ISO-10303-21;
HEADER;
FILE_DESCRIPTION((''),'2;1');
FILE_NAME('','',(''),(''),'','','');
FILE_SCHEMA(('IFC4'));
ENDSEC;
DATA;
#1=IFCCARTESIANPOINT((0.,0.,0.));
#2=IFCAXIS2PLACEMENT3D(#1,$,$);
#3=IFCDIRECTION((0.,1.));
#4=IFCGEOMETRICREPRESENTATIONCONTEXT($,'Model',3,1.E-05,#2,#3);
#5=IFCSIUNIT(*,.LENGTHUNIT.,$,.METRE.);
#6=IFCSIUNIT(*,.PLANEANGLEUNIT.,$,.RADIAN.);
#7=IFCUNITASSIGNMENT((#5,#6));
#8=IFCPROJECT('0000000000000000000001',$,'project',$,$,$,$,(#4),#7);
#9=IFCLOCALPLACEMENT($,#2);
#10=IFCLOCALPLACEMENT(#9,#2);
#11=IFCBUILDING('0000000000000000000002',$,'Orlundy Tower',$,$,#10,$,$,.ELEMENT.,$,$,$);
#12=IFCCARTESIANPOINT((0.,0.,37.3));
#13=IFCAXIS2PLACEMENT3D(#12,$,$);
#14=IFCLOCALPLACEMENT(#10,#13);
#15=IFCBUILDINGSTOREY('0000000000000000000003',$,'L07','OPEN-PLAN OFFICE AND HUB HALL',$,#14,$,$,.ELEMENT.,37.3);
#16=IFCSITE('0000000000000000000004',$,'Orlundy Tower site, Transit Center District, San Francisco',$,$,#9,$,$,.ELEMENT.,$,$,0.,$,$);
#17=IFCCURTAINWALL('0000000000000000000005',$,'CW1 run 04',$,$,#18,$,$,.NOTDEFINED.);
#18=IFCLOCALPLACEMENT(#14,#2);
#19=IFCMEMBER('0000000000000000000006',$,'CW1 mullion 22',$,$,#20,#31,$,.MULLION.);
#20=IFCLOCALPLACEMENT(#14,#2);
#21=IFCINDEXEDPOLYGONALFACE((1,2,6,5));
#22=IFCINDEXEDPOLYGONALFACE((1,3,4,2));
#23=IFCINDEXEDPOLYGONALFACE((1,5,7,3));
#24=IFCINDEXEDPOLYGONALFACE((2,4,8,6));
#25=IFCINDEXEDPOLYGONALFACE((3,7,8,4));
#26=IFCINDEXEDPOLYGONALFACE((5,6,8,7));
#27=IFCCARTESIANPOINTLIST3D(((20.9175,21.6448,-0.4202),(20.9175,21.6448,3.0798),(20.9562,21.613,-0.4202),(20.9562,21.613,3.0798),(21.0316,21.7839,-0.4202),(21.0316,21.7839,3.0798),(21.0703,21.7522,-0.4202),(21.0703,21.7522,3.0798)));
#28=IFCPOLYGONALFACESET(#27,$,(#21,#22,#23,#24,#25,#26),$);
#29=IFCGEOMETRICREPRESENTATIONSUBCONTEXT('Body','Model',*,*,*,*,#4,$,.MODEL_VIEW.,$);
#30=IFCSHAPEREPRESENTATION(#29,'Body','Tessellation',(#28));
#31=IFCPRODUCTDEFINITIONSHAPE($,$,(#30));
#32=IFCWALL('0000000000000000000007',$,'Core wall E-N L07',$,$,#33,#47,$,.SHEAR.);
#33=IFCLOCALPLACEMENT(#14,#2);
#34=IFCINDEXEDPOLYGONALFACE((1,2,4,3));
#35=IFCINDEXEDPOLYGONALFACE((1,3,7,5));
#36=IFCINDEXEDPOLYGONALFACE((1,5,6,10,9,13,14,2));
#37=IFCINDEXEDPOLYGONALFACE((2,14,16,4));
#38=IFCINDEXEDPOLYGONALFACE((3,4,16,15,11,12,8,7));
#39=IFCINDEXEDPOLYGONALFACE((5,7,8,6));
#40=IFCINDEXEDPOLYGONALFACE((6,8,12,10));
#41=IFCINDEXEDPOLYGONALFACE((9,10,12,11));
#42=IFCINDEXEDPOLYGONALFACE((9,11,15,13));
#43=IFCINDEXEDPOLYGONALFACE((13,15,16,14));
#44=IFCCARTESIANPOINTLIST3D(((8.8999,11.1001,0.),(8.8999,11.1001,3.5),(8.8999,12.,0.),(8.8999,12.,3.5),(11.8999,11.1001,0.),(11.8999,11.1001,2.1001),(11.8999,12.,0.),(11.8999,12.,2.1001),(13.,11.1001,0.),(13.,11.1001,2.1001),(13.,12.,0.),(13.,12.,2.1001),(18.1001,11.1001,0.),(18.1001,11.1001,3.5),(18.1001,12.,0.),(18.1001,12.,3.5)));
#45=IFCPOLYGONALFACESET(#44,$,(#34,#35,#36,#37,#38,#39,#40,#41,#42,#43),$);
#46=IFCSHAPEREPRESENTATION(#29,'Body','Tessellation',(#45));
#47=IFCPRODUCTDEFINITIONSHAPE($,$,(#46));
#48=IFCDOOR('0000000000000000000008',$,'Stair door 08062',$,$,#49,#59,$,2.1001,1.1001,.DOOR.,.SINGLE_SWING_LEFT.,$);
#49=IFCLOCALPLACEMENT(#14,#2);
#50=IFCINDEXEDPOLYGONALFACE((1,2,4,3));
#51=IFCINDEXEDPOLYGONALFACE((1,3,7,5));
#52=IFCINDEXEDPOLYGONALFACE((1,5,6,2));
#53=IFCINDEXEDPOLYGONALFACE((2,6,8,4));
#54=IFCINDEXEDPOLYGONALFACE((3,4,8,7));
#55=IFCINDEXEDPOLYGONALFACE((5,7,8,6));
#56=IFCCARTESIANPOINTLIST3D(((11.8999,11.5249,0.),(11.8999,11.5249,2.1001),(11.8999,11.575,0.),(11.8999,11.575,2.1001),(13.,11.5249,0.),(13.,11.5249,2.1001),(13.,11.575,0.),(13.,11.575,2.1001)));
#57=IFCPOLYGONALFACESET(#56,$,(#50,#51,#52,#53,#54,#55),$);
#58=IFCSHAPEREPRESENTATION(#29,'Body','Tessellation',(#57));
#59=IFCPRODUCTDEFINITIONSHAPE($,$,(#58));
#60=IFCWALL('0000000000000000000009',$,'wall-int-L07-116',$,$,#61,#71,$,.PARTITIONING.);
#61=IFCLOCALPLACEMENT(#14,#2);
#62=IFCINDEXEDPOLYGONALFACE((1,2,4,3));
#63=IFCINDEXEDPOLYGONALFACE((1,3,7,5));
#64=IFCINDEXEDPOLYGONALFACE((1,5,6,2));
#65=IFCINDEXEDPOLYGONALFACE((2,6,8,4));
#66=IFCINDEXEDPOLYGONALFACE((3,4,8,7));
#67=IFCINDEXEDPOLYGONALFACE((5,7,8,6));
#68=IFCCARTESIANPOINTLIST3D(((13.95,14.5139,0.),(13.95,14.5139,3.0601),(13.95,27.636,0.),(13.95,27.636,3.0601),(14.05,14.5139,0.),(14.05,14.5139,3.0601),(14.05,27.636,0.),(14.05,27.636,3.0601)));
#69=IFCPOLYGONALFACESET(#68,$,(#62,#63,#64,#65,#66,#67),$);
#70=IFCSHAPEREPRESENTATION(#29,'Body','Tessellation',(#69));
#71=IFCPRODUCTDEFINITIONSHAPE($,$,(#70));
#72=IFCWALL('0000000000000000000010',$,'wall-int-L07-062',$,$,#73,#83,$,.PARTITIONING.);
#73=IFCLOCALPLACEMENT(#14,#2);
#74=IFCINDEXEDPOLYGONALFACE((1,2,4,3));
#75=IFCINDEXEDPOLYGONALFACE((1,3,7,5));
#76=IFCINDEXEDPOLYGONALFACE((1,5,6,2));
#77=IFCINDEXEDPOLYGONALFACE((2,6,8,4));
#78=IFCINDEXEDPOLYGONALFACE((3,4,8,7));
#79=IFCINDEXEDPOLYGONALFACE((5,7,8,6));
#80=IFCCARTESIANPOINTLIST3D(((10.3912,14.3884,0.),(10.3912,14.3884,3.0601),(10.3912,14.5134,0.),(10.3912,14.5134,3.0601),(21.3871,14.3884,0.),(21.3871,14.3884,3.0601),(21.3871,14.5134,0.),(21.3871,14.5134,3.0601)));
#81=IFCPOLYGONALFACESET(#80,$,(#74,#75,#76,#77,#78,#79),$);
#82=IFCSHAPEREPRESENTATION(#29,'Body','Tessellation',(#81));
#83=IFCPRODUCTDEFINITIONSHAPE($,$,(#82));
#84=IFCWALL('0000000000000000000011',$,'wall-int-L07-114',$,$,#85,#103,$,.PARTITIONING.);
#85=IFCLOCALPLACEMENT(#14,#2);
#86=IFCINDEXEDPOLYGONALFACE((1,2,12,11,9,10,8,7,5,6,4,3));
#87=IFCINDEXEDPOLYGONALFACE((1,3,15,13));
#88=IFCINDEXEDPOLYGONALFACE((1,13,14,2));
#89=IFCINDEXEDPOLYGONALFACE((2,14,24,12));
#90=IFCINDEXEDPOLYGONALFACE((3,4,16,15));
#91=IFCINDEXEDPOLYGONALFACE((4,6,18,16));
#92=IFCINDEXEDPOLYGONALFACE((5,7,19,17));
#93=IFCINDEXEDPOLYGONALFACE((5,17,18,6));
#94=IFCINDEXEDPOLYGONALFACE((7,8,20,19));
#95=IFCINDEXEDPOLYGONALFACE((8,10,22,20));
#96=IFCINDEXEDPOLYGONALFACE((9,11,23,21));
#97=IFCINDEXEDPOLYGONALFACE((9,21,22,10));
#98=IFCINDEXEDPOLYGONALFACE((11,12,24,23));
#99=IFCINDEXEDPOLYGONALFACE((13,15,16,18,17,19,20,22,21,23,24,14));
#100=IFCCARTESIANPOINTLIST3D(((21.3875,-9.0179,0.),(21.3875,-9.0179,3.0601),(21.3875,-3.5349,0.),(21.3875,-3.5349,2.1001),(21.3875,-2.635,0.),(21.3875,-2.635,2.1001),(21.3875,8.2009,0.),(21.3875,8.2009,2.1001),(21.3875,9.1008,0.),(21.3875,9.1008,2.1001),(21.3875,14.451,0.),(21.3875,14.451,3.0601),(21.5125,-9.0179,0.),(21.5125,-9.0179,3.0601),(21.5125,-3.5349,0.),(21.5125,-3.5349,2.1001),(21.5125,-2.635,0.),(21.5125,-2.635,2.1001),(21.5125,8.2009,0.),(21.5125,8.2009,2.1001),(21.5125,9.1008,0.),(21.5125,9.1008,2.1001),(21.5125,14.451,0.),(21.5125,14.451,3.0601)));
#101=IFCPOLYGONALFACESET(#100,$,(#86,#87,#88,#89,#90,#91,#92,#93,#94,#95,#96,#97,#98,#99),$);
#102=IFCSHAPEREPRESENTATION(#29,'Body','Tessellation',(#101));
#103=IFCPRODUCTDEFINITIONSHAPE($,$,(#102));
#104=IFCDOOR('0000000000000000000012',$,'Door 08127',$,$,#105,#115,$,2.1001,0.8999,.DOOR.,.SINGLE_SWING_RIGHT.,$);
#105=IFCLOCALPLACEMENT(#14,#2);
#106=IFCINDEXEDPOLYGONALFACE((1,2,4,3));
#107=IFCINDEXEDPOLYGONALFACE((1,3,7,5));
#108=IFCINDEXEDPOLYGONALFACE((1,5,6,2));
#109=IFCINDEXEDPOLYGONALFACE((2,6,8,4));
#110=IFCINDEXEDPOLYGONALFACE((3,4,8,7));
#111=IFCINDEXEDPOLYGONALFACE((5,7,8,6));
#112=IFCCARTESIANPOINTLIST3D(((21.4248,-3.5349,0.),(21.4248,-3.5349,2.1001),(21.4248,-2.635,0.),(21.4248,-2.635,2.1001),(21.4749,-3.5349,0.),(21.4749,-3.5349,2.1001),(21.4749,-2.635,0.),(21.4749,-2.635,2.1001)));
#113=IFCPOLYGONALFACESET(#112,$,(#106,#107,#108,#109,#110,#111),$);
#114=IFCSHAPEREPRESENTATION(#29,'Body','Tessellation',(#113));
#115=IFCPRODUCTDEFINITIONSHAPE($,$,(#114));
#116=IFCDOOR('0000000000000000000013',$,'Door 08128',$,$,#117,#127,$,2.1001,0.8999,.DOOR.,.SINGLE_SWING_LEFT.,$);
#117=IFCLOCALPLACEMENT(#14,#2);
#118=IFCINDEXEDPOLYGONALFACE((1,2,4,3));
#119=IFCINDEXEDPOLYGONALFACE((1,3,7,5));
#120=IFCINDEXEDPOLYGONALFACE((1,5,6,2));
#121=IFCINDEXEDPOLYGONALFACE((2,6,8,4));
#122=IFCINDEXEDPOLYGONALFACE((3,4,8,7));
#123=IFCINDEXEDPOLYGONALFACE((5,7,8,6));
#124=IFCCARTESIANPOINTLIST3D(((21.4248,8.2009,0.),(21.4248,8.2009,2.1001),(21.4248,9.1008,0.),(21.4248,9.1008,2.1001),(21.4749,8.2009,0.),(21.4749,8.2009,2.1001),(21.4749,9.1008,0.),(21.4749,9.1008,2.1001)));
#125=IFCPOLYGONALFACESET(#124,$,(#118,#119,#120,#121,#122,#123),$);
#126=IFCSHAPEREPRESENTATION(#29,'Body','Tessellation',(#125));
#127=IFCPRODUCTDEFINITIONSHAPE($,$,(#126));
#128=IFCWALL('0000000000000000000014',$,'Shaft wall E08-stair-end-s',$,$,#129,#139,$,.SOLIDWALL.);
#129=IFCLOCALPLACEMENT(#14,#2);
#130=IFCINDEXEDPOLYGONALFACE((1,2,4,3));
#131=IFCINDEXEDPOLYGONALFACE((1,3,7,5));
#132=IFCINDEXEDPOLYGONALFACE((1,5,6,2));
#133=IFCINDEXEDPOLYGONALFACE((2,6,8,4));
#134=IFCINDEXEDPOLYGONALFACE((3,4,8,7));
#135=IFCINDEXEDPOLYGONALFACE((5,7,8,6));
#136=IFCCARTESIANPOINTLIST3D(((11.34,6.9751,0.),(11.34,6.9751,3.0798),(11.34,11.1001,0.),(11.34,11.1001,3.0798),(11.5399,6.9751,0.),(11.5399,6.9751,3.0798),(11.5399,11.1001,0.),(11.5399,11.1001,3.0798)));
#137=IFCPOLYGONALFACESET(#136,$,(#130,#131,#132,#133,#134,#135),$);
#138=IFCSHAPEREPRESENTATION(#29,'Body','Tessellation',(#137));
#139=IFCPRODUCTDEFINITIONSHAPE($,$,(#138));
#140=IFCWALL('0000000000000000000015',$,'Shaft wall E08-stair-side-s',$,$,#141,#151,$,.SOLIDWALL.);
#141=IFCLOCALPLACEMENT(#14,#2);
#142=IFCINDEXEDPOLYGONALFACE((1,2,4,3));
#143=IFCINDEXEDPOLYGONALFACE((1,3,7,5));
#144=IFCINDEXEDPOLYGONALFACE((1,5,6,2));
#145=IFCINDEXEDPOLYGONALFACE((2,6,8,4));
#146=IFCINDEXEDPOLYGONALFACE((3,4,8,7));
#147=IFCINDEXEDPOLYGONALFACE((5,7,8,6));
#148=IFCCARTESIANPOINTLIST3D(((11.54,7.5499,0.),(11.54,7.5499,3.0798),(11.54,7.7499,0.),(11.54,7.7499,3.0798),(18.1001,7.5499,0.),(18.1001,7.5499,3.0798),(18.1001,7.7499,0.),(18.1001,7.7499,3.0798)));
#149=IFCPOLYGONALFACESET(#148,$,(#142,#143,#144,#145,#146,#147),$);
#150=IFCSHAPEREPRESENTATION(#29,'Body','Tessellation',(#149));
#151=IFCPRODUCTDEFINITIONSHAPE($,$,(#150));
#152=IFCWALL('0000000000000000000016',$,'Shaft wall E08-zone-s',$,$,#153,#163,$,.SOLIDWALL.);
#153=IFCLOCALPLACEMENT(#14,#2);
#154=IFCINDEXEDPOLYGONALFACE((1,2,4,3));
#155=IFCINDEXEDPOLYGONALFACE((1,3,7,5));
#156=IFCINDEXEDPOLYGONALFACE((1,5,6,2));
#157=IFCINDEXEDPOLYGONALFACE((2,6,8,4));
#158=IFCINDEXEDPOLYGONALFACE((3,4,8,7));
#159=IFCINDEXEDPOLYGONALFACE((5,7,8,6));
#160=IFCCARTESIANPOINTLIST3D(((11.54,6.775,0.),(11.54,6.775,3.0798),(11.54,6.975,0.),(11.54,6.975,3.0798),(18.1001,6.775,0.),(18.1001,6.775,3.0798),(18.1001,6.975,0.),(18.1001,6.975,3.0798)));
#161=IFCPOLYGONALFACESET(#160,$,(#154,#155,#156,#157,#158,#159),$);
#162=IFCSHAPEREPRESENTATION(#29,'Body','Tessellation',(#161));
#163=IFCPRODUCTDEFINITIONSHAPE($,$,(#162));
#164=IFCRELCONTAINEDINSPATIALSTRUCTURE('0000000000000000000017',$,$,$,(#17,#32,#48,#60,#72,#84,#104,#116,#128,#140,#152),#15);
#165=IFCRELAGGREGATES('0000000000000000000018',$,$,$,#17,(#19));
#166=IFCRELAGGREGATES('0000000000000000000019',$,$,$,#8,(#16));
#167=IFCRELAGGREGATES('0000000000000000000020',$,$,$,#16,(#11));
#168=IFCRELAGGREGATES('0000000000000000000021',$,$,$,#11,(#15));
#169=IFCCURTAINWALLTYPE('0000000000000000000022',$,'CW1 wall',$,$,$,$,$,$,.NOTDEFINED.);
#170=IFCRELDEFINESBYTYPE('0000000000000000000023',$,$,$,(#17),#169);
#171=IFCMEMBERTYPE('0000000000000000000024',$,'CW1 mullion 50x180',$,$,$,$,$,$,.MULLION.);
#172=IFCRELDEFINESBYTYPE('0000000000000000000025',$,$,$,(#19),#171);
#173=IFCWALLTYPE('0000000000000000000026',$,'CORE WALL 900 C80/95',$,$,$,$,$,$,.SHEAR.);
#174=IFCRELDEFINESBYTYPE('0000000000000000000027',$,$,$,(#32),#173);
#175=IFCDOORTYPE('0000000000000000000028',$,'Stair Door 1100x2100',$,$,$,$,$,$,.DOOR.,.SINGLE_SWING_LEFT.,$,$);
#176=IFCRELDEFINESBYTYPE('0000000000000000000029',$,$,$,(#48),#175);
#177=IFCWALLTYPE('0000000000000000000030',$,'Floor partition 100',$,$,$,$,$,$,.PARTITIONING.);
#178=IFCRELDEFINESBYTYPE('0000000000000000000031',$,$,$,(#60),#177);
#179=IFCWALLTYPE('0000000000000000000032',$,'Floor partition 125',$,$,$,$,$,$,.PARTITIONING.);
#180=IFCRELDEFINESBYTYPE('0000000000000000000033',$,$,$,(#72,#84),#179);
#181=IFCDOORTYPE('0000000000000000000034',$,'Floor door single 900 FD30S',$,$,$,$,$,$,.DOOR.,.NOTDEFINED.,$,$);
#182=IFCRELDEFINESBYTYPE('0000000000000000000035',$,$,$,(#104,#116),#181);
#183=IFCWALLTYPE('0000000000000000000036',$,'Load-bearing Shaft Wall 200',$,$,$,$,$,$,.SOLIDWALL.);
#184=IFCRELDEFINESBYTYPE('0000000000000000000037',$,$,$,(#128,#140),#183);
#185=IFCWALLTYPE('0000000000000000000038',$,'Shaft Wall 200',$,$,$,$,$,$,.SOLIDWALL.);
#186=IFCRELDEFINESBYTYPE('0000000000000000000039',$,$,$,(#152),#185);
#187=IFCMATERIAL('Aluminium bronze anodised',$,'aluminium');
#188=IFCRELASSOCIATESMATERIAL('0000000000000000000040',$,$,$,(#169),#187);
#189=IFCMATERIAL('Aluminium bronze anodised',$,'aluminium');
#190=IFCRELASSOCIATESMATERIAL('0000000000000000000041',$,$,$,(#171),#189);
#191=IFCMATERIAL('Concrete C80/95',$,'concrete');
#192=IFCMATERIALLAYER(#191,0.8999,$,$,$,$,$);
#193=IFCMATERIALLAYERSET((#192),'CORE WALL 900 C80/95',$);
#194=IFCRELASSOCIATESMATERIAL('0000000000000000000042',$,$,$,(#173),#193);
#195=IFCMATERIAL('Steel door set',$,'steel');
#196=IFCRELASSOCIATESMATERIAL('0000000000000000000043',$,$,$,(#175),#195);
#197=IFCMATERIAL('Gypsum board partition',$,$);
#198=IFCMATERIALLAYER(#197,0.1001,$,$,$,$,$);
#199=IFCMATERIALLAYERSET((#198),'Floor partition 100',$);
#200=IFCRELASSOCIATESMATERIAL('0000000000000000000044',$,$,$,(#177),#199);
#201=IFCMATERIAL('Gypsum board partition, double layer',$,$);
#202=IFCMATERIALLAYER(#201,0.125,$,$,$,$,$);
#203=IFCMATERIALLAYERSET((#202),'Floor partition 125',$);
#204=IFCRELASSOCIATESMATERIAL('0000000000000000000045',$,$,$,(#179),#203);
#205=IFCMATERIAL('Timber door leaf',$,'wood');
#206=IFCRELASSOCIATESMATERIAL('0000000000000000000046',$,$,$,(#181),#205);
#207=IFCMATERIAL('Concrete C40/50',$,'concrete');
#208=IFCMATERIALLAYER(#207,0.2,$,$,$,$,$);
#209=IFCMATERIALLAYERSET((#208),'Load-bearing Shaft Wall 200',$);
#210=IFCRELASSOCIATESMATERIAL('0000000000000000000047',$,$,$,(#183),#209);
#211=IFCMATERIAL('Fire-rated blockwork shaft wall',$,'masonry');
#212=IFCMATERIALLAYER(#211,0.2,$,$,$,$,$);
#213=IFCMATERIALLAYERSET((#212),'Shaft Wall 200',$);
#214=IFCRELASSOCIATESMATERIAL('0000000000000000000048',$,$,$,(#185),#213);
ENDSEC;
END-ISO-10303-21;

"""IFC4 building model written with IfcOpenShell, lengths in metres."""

from ifc_helpers import new_model, si_unit, direction, frame, frame_2d, origin, origin_2d, place, context, subcontext, project, spatial, rectangle, extrude, material, layer, layer_set, material_profile, profile_set, type_object, element, fill, aggregate, save


model = new_model("IFC4")

# Units and contexts
model_context = context("Model", 3, precision=1e-05, world=origin(), true_north=direction((0.0, 1.0)))
body_context = subcontext(model_context, "Body", "Model", "MODEL_VIEW")
ifc_project = project(units=[si_unit("LENGTHUNIT", "METRE"), si_unit("PLANEANGLEUNIT", "RADIAN")], contexts=[model_context])

# Site, building, storey
site_placement = place(None, origin())
site = spatial("IfcSite", under=ifc_project, at=site_placement, Name="Orlundy Tower site, Transit Center District, San Francisco", CompositionType="ELEMENT", RefElevation=0.0)
building_placement = place(site_placement, origin())
building = spatial("IfcBuilding", under=site, at=building_placement, Name="Orlundy Tower", CompositionType="ELEMENT")
storey_placement = place(building_placement, frame((0.0, 0.0, 37.3)))
storey = spatial("IfcBuildingStorey", under=building, at=storey_placement, Name="L07", Description="OPEN-PLAN OFFICE AND HUB HALL", CompositionType="ELEMENT", Elevation=37.3)

# Curtain wall, member
ifc_material_1 = material(Name="Aluminium bronze anodised", Category="aluminium")
curtain_wall_type = type_object("IfcCurtainWallType", Name="CW1 wall", PredefinedType="NOTDEFINED", material=ifc_material_1)
curtain_wall_placement = place(storey_placement, origin())
curtain_wall = element("IfcCurtainWall", 1, at=curtain_wall_placement, inside=storey, type_object=curtain_wall_type, Name="CW1 run 04", PredefinedType="NOTDEFINED")
ifc_material_2 = material(Name="Aluminium bronze anodised", Category="aluminium")
ifc_material_profile = material_profile(ifc_material_2, rectangle(XDim=0.1799, YDim=0.05, at=origin_2d()), Name="CW1 mullion 50x180")
ifc_profile_set = profile_set([ifc_material_profile], Name="Aluminium bronze anodised")
member_type = type_object("IfcMemberType", Name="CW1 mullion 50x180", PredefinedType="MULLION", material=ifc_profile_set)
member_placement = place(storey_placement, frame((20.9939, 21.6985, -0.4202), z_axis=(0.0, 0.0, 1.0), x_axis=(0.633818, 0.773482, 0.0)))
member = element("IfcMember", 2, at=member_placement, type_object=member_type, Name="CW1 mullion 22", PredefinedType="MULLION", context=body_context, shape_type="SweptSolid", body=[
    extrude(rectangle(XDim=0.1799, YDim=0.05, at=origin_2d()), origin(), (0.0, 0.0, 1.0), 3.5),
])
aggregate(curtain_wall, [member])

# Wall, opening, door
ifc_material_3 = material(Name="Concrete C80/95", Category="concrete")
ifc_layer_1 = layer(ifc_material_3, 0.8999)
ifc_layer_set_1 = layer_set([ifc_layer_1], Name="CORE WALL 900 C80/95")
wall_type_1 = type_object("IfcWallType", Name="CORE WALL 900 C80/95", PredefinedType="SHEAR", material=ifc_layer_set_1)
wall_1_placement = place(storey_placement, frame((8.8999, 11.55, 0.0), z_axis=(0.0, 0.0, 1.0), x_axis=(1.0, 0.0, 0.0)))
wall_1 = element("IfcWall", 3, at=wall_1_placement, inside=storey, type_object=wall_type_1, Name="Core wall E-N L07", PredefinedType="SHEAR", context=body_context, shape_type="SweptSolid", body=[
    extrude(rectangle(XDim=9.2002, YDim=0.8999, at=frame_2d((4.6001, 0.0))), origin(), (0.0, 0.0, 1.0), 3.5),
])
opening_1_placement = place(wall_1_placement, frame((3.0, 0.0, 0.0)))
opening_1 = element("IfcOpeningElement", 4, at=opening_1_placement, cuts=wall_1, PredefinedType="OPENING", context=body_context, shape_type="SweptSolid", body=[
    extrude(rectangle(XDim=1.1001, YDim=2.1001, at=frame_2d((0.55, 1.05))), frame((0.0, 0.46, 0.0), z_axis=(0.0, -1.0, 0.0), x_axis=(1.0, 0.0, 0.0)), (0.0, 0.0, 1.0), 0.9199),
])
ifc_material_4 = material(Name="Steel door set", Category="steel")
door_type_1 = type_object("IfcDoorType", Name="Stair Door 1100x2100", OperationType="SINGLE_SWING_LEFT", PredefinedType="DOOR", material=ifc_material_4)
door_1_placement = place(opening_1_placement, origin())
door_1 = element("IfcDoor", 5, at=door_1_placement, inside=storey, type_object=door_type_1, Name="Stair door 08062", OperationType="SINGLE_SWING_LEFT", OverallHeight=2.1001, OverallWidth=1.1001, PredefinedType="DOOR", context=body_context, shape_type="SweptSolid", body=[
    extrude(rectangle(XDim=1.1001, YDim=2.1001, at=frame_2d((0.55, 1.05))), frame((0.0, 0.0249, 0.0), z_axis=(0.0, -1.0, 0.0), x_axis=(1.0, 0.0, 0.0)), (0.0, 0.0, 1.0), 0.05),
])
fill(opening_1, door_1)

# Walls
ifc_material_5 = material(Name="Gypsum board partition")
ifc_layer_2 = layer(ifc_material_5, 0.1001)
ifc_layer_set_2 = layer_set([ifc_layer_2], Name="Floor partition 100")
wall_type_2 = type_object("IfcWallType", Name="Floor partition 100", PredefinedType="PARTITIONING", material=ifc_layer_set_2)
wall_2_placement = place(storey_placement, frame((14.0, 14.5139, 0.0), z_axis=(0.0, 0.0, 1.0), x_axis=(0.0, 1.0, 0.0)))
element("IfcWall", 6, at=wall_2_placement, inside=storey, type_object=wall_type_2, Name="wall-int-L07-116", PredefinedType="PARTITIONING", context=body_context, shape_type="SweptSolid", body=[
    extrude(rectangle(XDim=13.1221, YDim=0.1001, at=frame_2d((6.561, 0.0))), origin(), (0.0, 0.0, 1.0), 3.0601),
])
ifc_material_6 = material(Name="Gypsum board partition, double layer")
ifc_layer_3 = layer(ifc_material_6, 0.125)
ifc_layer_set_3 = layer_set([ifc_layer_3], Name="Floor partition 125")
wall_type_3 = type_object("IfcWallType", Name="Floor partition 125", PredefinedType="PARTITIONING", material=ifc_layer_set_3)
wall_3_placement = place(storey_placement, frame((10.3911, 14.4509, 0.0), z_axis=(0.0, 0.0, 1.0), x_axis=(1.0, 0.0, 0.0)))
element("IfcWall", 7, at=wall_3_placement, inside=storey, type_object=wall_type_3, Name="wall-int-L07-062", PredefinedType="PARTITIONING", context=body_context, shape_type="SweptSolid", body=[
    extrude(rectangle(XDim=10.9958, YDim=0.125, at=frame_2d((5.498, 0.0))), origin(), (0.0, 0.0, 1.0), 3.0601),
])

# Wall, openings, doors
wall_4_placement = place(storey_placement, frame((21.45, 14.4509, 0.0), z_axis=(0.0, 0.0, 1.0), x_axis=(0.0, -1.0, 0.0)))
wall_4 = element("IfcWall", 8, at=wall_4_placement, inside=storey, type_object=wall_type_3, Name="wall-int-L07-114", PredefinedType="PARTITIONING", context=body_context, shape_type="SweptSolid", body=[
    extrude(rectangle(XDim=23.469, YDim=0.125, at=frame_2d((11.7344, 0.0))), origin(), (0.0, 0.0, 1.0), 3.0601),
])
opening_2_placement = place(wall_4_placement, frame((17.0859, 0.0, 0.0)))
opening_2 = element("IfcOpeningElement", 9, at=opening_2_placement, cuts=wall_4, PredefinedType="OPENING", context=body_context, shape_type="SweptSolid", body=[
    extrude(rectangle(XDim=0.8999, YDim=2.1001, at=frame_2d((0.45, 1.05))), frame((0.0, 0.0725, 0.0), z_axis=(0.0, -1.0, 0.0), x_axis=(1.0, 0.0, 0.0)), (0.0, 0.0, 1.0), 0.145),
])
opening_3_placement = place(wall_4_placement, frame((5.3501, 0.0, 0.0)))
opening_3 = element("IfcOpeningElement", 10, at=opening_3_placement, cuts=wall_4, PredefinedType="OPENING", context=body_context, shape_type="SweptSolid", body=[
    extrude(rectangle(XDim=0.8999, YDim=2.1001, at=frame_2d((0.45, 1.05))), frame((0.0, 0.0725, 0.0), z_axis=(0.0, -1.0, 0.0), x_axis=(1.0, 0.0, 0.0)), (0.0, 0.0, 1.0), 0.145),
])
ifc_material_7 = material(Name="Timber door leaf", Category="wood")
door_type_2 = type_object("IfcDoorType", Name="Floor door single 900 FD30S", OperationType="NOTDEFINED", PredefinedType="DOOR", material=ifc_material_7)
door_2_placement = place(opening_2_placement, origin())
door_2 = element("IfcDoor", 11, at=door_2_placement, inside=storey, type_object=door_type_2, Name="Door 08127", OperationType="SINGLE_SWING_RIGHT", OverallHeight=2.1001, OverallWidth=0.8999, PredefinedType="DOOR", context=body_context, shape_type="SweptSolid", body=[
    extrude(rectangle(XDim=0.8999, YDim=2.1001, at=frame_2d((0.45, 1.05))), frame((0.0, 0.0249, 0.0), z_axis=(0.0, -1.0, 0.0), x_axis=(1.0, 0.0, 0.0)), (0.0, 0.0, 1.0), 0.05),
])
fill(opening_2, door_2)
door_3_placement = place(opening_3_placement, origin())
door_3 = element("IfcDoor", 12, at=door_3_placement, inside=storey, type_object=door_type_2, Name="Door 08128", OperationType="SINGLE_SWING_LEFT", OverallHeight=2.1001, OverallWidth=0.8999, PredefinedType="DOOR", context=body_context, shape_type="SweptSolid", body=[
    extrude(rectangle(XDim=0.8999, YDim=2.1001, at=frame_2d((0.45, 1.05))), frame((0.0, 0.0249, 0.0), z_axis=(0.0, -1.0, 0.0), x_axis=(1.0, 0.0, 0.0)), (0.0, 0.0, 1.0), 0.05),
])
fill(opening_3, door_3)

# Walls
ifc_material_8 = material(Name="Concrete C40/50", Category="concrete")
ifc_layer_4 = layer(ifc_material_8, 0.2)
ifc_layer_set_4 = layer_set([ifc_layer_4], Name="Load-bearing Shaft Wall 200")
wall_type_4 = type_object("IfcWallType", Name="Load-bearing Shaft Wall 200", PredefinedType="SOLIDWALL", material=ifc_layer_set_4)
wall_5_placement = place(storey_placement, frame((11.4399, 11.1001, 0.0), z_axis=(0.0, 0.0, 1.0), x_axis=(0.0, -1.0, 0.0)))
element("IfcWall", 13, at=wall_5_placement, inside=storey, type_object=wall_type_4, Name="Shaft wall E08-stair-end-s", PredefinedType="SOLIDWALL", context=body_context, shape_type="SweptSolid", body=[
    extrude(rectangle(XDim=4.125, YDim=0.2, at=frame_2d((2.0625, 0.0))), origin(), (0.0, 0.0, 1.0), 3.0798),
])
wall_6_placement = place(storey_placement, frame((11.54, 7.6499, 0.0), z_axis=(0.0, 0.0, 1.0), x_axis=(1.0, 0.0, 0.0)))
element("IfcWall", 14, at=wall_6_placement, inside=storey, type_object=wall_type_4, Name="Shaft wall E08-stair-side-s", PredefinedType="SOLIDWALL", context=body_context, shape_type="SweptSolid", body=[
    extrude(rectangle(XDim=6.5601, YDim=0.2, at=frame_2d((3.28, 0.0))), origin(), (0.0, 0.0, 1.0), 3.0798),
])
ifc_material_9 = material(Name="Fire-rated blockwork shaft wall", Category="masonry")
ifc_layer_5 = layer(ifc_material_9, 0.2)
ifc_layer_set_5 = layer_set([ifc_layer_5], Name="Shaft Wall 200")
wall_type_5 = type_object("IfcWallType", Name="Shaft Wall 200", PredefinedType="SOLIDWALL", material=ifc_layer_set_5)
wall_7_placement = place(storey_placement, frame((11.54, 6.875, 0.0), z_axis=(0.0, 0.0, 1.0), x_axis=(1.0, 0.0, 0.0)))
element("IfcWall", 15, at=wall_7_placement, inside=storey, type_object=wall_type_5, Name="Shaft wall E08-zone-s", PredefinedType="SOLIDWALL", context=body_context, shape_type="SweptSolid", body=[
    extrude(rectangle(XDim=6.5601, YDim=0.2, at=frame_2d((3.28, 0.0))), origin(), (0.0, 0.0, 1.0), 3.0798),
])

save(model, "model.ifc")
